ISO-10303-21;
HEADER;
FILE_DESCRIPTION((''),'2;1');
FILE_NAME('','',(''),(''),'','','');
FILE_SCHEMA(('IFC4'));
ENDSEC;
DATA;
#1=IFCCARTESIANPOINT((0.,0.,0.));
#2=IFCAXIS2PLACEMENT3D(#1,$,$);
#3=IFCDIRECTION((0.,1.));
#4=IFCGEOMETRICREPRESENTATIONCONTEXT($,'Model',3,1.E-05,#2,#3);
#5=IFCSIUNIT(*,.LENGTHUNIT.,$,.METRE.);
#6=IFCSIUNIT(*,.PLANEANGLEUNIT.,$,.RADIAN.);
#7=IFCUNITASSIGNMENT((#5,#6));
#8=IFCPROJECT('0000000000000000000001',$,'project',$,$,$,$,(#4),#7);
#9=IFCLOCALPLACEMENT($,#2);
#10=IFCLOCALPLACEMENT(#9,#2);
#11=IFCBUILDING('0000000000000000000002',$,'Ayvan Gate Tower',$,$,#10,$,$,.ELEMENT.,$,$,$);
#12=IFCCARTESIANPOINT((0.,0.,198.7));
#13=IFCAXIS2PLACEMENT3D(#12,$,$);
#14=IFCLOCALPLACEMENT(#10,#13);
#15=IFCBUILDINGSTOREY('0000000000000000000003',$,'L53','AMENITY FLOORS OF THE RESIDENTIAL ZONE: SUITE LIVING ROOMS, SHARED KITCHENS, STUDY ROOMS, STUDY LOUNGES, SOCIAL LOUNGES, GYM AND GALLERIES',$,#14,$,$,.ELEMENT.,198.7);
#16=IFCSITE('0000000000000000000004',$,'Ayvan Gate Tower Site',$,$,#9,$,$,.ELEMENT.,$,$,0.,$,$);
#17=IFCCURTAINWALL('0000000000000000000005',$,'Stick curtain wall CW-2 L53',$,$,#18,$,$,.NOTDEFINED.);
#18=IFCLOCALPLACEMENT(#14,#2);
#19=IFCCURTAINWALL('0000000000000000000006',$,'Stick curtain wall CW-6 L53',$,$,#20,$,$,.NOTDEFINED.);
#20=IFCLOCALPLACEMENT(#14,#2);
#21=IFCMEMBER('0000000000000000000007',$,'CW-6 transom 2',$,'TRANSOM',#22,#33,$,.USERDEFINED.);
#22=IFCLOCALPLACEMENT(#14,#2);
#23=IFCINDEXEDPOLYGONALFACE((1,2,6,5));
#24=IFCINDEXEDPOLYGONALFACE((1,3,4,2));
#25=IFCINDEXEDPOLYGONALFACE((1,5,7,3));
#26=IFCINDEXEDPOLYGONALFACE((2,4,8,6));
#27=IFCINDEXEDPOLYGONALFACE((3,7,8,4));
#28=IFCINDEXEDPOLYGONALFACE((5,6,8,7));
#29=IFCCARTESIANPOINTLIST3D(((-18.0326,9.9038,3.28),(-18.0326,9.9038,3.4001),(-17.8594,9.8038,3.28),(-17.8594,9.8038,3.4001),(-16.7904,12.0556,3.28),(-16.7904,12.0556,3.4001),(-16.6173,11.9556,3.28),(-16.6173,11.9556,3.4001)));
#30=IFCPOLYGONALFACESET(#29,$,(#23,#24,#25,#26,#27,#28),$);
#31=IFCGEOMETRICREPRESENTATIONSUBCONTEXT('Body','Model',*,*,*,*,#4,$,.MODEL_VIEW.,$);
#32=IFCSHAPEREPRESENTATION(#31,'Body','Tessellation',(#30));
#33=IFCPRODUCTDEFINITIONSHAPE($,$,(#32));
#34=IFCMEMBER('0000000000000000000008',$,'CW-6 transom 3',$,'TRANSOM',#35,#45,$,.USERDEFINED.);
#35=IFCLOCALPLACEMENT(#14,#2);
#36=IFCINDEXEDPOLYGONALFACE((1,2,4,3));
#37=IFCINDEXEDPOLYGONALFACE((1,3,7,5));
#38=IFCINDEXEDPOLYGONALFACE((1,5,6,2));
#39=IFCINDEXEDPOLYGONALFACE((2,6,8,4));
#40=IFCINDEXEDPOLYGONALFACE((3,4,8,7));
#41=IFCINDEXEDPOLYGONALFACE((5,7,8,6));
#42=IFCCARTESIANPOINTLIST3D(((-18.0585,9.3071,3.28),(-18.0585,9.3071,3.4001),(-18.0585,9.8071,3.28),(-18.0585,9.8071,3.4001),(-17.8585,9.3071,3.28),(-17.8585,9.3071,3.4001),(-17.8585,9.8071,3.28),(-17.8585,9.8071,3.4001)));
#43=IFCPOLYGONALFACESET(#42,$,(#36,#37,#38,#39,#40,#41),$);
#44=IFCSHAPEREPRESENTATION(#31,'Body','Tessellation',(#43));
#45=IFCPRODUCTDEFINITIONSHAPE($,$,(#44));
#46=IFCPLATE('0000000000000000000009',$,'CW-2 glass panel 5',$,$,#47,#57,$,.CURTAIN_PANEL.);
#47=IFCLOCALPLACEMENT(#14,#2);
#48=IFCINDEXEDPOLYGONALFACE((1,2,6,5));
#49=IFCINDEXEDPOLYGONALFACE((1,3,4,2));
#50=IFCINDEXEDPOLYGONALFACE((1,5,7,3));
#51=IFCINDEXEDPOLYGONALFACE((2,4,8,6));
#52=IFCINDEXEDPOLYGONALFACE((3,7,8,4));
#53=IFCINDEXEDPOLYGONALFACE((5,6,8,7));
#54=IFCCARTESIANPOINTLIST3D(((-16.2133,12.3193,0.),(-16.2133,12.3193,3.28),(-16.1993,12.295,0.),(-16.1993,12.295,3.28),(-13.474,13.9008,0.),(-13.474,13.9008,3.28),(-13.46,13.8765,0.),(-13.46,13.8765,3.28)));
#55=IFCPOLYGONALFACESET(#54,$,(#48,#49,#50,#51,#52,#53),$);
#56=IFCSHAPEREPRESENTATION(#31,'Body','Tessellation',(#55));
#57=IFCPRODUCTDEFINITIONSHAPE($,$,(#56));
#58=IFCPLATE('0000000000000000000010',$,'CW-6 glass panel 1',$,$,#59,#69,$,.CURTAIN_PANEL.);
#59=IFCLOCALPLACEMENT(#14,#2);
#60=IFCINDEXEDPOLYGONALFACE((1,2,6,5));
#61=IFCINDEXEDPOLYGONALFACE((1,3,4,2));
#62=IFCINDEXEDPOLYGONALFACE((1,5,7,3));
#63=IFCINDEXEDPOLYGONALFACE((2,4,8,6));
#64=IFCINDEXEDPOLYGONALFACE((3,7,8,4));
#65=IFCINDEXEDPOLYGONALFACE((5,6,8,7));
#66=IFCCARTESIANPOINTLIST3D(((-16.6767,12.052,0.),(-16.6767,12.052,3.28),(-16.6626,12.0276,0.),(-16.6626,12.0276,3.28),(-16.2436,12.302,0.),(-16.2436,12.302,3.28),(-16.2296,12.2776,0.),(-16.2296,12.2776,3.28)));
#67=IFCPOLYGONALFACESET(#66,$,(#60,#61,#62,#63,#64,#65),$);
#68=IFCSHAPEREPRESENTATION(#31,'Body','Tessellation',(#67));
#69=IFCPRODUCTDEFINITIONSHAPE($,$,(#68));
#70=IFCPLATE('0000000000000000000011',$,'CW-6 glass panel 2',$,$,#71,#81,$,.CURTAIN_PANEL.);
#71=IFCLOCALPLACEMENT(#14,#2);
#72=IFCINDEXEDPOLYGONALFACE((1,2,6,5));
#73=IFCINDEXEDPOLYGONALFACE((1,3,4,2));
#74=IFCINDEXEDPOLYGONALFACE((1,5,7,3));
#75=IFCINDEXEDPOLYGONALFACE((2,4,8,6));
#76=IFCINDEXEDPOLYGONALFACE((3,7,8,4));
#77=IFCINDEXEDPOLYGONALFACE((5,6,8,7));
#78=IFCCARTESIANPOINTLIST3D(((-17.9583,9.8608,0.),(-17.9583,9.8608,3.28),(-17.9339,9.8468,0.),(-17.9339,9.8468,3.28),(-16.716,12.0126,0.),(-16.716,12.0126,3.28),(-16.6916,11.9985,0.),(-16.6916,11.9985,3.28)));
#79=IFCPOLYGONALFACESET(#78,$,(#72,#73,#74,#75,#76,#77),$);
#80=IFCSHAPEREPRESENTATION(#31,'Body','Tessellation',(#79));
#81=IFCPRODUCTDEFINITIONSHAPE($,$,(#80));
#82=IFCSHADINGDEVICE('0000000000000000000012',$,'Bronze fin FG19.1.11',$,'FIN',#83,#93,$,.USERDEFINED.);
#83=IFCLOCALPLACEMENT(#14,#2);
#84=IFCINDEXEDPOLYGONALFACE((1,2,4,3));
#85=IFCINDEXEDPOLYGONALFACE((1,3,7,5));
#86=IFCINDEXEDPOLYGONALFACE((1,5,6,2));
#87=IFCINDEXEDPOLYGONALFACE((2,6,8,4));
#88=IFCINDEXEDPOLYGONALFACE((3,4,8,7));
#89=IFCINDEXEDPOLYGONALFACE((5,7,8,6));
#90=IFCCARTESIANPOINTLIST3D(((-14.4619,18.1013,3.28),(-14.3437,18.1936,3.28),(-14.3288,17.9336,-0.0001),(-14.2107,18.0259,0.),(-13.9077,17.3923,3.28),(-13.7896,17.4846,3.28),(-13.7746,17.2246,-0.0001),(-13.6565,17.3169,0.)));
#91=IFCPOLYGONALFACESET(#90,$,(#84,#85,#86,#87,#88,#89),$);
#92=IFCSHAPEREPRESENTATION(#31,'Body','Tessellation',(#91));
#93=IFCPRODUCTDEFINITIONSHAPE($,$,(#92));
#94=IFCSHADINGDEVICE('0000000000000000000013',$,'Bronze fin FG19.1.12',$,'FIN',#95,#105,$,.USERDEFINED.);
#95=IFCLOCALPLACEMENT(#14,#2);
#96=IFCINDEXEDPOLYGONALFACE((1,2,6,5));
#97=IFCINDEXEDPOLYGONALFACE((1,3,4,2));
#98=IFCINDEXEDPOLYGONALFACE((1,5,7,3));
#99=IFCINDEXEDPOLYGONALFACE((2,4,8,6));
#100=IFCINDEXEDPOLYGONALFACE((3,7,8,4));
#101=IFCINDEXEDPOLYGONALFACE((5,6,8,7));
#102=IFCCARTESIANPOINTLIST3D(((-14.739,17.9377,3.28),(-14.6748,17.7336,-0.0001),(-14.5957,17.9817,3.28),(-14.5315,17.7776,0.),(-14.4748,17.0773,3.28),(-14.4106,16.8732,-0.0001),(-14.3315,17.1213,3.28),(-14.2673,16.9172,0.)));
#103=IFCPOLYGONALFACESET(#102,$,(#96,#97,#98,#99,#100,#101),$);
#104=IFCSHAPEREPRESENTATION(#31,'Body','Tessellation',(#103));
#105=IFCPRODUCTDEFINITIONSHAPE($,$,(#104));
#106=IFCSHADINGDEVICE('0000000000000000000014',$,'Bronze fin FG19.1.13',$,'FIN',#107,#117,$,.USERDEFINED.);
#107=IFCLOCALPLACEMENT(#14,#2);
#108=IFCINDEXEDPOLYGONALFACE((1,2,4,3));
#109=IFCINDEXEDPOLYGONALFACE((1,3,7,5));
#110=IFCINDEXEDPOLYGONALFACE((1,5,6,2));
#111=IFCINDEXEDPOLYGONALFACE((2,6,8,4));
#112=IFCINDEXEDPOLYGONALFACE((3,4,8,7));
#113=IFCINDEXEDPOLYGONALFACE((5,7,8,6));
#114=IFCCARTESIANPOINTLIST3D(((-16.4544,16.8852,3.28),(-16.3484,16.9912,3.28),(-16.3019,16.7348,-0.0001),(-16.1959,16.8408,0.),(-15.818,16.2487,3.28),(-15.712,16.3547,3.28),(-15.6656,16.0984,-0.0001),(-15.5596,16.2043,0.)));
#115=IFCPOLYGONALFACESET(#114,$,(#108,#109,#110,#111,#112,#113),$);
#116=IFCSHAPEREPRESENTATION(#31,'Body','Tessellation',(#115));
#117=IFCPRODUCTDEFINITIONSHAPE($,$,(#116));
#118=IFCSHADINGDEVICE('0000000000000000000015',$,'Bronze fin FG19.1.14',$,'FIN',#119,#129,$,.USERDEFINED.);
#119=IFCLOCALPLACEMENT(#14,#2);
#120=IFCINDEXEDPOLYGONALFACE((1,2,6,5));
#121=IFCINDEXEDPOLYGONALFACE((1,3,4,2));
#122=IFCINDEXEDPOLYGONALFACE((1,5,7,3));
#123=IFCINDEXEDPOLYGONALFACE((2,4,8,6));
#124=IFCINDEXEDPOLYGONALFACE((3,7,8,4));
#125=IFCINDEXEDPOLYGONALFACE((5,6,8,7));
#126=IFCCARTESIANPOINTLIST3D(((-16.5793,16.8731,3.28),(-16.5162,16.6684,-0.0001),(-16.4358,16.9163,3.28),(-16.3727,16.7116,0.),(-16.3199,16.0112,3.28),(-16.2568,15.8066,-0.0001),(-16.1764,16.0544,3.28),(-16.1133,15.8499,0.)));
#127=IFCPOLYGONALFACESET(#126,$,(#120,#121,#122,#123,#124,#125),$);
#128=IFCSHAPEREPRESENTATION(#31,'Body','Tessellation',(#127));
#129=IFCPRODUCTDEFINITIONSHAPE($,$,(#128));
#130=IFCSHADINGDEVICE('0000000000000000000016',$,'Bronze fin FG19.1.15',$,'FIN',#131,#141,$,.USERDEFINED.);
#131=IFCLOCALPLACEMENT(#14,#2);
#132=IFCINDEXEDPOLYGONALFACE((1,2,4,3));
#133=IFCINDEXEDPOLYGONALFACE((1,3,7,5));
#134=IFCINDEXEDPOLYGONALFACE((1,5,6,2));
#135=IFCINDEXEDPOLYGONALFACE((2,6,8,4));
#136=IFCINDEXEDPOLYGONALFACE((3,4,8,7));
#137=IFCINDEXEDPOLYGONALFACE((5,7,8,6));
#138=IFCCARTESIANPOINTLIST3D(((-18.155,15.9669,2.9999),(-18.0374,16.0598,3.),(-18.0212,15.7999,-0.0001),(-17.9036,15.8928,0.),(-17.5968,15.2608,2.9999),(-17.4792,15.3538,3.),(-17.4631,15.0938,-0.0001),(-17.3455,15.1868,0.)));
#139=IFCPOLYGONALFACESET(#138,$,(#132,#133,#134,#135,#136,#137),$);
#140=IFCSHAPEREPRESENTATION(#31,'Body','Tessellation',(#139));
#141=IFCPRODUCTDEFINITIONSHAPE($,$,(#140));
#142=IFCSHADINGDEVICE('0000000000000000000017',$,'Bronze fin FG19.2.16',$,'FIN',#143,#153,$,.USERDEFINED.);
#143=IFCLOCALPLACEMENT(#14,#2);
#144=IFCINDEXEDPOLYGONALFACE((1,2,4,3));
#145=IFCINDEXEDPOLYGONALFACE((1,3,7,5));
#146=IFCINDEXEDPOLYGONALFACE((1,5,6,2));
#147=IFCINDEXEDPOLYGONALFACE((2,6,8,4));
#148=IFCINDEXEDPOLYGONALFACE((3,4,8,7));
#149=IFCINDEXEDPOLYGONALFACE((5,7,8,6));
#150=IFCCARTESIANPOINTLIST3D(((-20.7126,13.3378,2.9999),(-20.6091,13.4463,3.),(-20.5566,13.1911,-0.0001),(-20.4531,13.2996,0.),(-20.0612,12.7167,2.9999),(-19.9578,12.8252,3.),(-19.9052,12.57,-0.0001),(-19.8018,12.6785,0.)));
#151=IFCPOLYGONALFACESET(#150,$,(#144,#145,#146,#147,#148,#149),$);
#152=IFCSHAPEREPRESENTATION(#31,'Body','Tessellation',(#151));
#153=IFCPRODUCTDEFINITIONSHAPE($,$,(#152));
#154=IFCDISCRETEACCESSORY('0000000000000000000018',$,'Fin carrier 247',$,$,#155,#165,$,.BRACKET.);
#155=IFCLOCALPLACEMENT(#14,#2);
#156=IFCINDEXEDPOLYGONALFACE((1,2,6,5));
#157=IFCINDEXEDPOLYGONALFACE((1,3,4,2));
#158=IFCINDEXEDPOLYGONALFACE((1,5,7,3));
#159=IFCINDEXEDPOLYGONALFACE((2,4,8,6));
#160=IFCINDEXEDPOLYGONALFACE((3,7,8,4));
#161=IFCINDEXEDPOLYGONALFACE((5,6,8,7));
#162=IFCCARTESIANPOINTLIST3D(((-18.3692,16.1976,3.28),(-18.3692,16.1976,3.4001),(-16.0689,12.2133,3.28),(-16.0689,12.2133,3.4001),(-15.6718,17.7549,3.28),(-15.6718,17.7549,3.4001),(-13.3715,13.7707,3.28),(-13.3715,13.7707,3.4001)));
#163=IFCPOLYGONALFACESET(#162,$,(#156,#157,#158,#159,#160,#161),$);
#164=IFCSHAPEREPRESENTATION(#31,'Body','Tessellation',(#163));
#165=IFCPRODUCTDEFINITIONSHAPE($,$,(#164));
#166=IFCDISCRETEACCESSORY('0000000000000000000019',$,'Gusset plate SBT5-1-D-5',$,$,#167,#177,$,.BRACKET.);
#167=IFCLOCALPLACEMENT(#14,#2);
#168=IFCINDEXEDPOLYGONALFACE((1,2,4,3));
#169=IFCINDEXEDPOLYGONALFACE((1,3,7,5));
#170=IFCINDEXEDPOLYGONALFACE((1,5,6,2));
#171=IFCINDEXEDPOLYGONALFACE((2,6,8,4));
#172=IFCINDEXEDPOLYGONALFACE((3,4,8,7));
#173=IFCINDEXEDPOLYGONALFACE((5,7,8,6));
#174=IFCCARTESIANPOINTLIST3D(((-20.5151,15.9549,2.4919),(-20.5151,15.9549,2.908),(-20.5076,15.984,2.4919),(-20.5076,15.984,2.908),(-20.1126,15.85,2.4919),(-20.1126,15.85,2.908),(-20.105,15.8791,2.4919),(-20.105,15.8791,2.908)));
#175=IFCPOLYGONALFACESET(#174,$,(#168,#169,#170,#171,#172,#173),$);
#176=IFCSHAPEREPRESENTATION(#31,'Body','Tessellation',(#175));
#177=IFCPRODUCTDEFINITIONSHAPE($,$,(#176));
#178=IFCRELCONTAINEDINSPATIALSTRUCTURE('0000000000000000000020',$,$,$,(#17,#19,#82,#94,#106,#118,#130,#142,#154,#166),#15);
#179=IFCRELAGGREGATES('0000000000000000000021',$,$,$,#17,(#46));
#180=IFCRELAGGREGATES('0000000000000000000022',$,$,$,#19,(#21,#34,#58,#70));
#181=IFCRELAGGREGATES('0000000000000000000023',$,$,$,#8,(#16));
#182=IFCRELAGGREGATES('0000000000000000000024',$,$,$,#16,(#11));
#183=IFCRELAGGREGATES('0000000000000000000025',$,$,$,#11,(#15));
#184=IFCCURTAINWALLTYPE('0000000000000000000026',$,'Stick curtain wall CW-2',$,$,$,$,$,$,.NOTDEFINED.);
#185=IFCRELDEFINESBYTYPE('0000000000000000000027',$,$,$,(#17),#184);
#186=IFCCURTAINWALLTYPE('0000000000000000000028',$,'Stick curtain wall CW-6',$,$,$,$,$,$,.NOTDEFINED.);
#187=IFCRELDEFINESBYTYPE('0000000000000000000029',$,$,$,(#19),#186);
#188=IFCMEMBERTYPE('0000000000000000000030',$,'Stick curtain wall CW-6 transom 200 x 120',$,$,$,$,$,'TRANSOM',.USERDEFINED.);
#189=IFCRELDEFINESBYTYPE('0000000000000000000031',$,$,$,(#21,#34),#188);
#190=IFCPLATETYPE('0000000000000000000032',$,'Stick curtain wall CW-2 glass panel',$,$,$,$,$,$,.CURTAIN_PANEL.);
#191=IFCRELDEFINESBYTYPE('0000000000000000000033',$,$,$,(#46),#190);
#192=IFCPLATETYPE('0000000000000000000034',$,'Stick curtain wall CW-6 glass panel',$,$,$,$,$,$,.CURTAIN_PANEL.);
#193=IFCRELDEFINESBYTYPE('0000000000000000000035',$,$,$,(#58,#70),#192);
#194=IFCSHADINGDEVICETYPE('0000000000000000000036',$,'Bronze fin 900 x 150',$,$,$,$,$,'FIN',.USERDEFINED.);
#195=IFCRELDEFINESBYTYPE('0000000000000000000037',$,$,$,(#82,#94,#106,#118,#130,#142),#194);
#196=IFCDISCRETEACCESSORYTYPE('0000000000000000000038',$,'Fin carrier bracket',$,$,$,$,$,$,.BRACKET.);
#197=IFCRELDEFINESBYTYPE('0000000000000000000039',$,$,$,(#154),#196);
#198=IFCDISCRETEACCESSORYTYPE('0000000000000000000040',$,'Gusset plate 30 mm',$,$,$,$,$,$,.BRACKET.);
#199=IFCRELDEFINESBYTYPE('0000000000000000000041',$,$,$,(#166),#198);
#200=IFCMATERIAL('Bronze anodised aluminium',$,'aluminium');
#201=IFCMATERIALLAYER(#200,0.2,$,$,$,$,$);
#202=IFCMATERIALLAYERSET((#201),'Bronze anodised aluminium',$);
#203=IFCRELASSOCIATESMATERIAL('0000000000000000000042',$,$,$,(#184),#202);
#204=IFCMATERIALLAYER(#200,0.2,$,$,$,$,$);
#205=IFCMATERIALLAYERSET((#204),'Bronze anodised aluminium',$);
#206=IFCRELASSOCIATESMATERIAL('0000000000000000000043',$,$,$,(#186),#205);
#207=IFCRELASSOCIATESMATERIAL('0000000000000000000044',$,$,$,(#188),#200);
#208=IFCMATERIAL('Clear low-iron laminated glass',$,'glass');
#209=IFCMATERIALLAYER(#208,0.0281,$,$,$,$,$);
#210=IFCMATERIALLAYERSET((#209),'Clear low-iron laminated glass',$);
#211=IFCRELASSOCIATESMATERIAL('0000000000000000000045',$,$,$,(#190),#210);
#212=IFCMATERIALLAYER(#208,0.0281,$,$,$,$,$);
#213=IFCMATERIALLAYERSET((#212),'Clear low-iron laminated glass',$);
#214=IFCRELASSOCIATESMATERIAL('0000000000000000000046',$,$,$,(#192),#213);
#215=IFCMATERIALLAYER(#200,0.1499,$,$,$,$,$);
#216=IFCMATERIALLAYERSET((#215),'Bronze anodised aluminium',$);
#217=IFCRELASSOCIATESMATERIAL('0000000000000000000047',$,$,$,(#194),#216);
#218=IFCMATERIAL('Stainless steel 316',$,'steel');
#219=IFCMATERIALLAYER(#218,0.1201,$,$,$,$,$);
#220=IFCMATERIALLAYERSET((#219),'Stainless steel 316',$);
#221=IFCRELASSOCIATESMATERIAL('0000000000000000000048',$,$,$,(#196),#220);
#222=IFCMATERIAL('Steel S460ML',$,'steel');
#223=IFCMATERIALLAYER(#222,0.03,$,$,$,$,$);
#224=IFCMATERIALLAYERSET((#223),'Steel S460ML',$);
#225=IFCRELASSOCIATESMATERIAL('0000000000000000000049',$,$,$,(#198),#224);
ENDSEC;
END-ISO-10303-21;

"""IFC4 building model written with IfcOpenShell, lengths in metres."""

from ifc_helpers import new_model, si_unit, direction, frame, origin, origin_2d, place, context, subcontext, project, spatial, polyline, rectangle, outline, extrude, material, layer, layer_set, material_profile, profile_set, type_object, element, aggregate, save


model = new_model("IFC4")

# Units and contexts
model_context = context("Model", 3, precision=1e-05, world=origin(), true_north=direction((0.0, 1.0)))
body_context = subcontext(model_context, "Body", "Model", "MODEL_VIEW")
ifc_project = project(units=[si_unit("LENGTHUNIT", "METRE"), si_unit("PLANEANGLEUNIT", "RADIAN")], contexts=[model_context])

# Site, building, storey
site_placement = place(None, origin())
site = spatial("IfcSite", under=ifc_project, at=site_placement, Name="Ayvan Gate Tower Site", CompositionType="ELEMENT", RefElevation=0.0)
building_placement = place(site_placement, origin())
building = spatial("IfcBuilding", under=site, at=building_placement, Name="Ayvan Gate Tower", CompositionType="ELEMENT")
storey_placement = place(building_placement, frame((0.0, 0.0, 198.7)))
storey = spatial("IfcBuildingStorey", under=building, at=storey_placement, Name="L53", Description="AMENITY FLOORS OF THE RESIDENTIAL ZONE: SUITE LIVING ROOMS, SHARED KITCHENS, STUDY ROOMS, STUDY LOUNGES, SOCIAL LOUNGES, GYM AND GALLERIES", CompositionType="ELEMENT", Elevation=198.7)

# Curtain wall
ifc_material_1 = material(Name="Bronze anodised aluminium", Category="aluminium")
ifc_layer_1 = layer(ifc_material_1, 0.2)
ifc_layer_set_1 = layer_set([ifc_layer_1], Name="Bronze anodised aluminium")
curtain_wall_type_1 = type_object("IfcCurtainWallType", Name="Stick curtain wall CW-2", PredefinedType="NOTDEFINED", material=ifc_layer_set_1)
curtain_wall_1_placement = place(storey_placement, origin())
curtain_wall_1 = element("IfcCurtainWall", 1, at=curtain_wall_1_placement, inside=storey, type_object=curtain_wall_type_1, Name="Stick curtain wall CW-2 L53", PredefinedType="NOTDEFINED")

# Curtain wall, members
ifc_layer_2 = layer(ifc_material_1, 0.2)
ifc_layer_set_2 = layer_set([ifc_layer_2], Name="Bronze anodised aluminium")
curtain_wall_type_2 = type_object("IfcCurtainWallType", Name="Stick curtain wall CW-6", PredefinedType="NOTDEFINED", material=ifc_layer_set_2)
curtain_wall_2_placement = place(storey_placement, origin())
curtain_wall_2 = element("IfcCurtainWall", 2, at=curtain_wall_2_placement, inside=storey, type_object=curtain_wall_type_2, Name="Stick curtain wall CW-6 L53", PredefinedType="NOTDEFINED")
ifc_material_profile_1 = material_profile(ifc_material_1, rectangle(XDim=0.2, YDim=0.1201, at=origin_2d()), Name="Stick curtain wall CW-6 transom 200 x 120")
ifc_profile_set_1 = profile_set([ifc_material_profile_1], Name="Bronze anodised aluminium")
member_type_1 = type_object("IfcMemberType", Name="Stick curtain wall CW-6 transom 200 x 120", ElementType="TRANSOM", PredefinedType="USERDEFINED", material=ifc_profile_set_1)
member_1_placement = place(storey_placement, frame((-16.7039, 12.0056, 3.3401), z_axis=(-0.499944, -0.866058, 0.0), x_axis=(0.866058, -0.499944, 0.0)))
member_1 = element("IfcMember", 3, at=member_1_placement, type_object=member_type_1, Name="CW-6 transom 2", ObjectType="TRANSOM", PredefinedType="USERDEFINED", context=body_context, shape_type="SweptSolid", body=[
    extrude(rectangle(XDim=0.2, YDim=0.1201, at=origin_2d()), origin(), (0.0, 0.0, 1.0), 2.4846),
])
member_2_placement = place(storey_placement, frame((-17.9585, 9.8071, 3.3401), z_axis=(0.0, -1.0, 0.0), x_axis=(1.0, 0.0, 0.0)))
member_2 = element("IfcMember", 4, at=member_2_placement, type_object=member_type_1, Name="CW-6 transom 3", ObjectType="TRANSOM", PredefinedType="USERDEFINED", context=body_context, shape_type="SweptSolid", body=[
    extrude(rectangle(XDim=0.2, YDim=0.1201, at=origin_2d()), origin(), (0.0, 0.0, 1.0), 0.5),
])

# Plates
ifc_material_2 = material(Name="Clear low-iron laminated glass", Category="glass")
ifc_layer_3 = layer(ifc_material_2, 0.0281)
ifc_layer_set_3 = layer_set([ifc_layer_3], Name="Clear low-iron laminated glass")
plate_type_1 = type_object("IfcPlateType", Name="Stick curtain wall CW-2 glass panel", PredefinedType="CURTAIN_PANEL", material=ifc_layer_set_3)
plate_1_placement = place(storey_placement, frame((-14.8367, 13.0979, 0.0), z_axis=(0.0, 0.0, 1.0), x_axis=(-0.866025, -0.5, 0.0)))
plate_1 = element("IfcPlate", 5, at=plate_1_placement, type_object=plate_type_1, Name="CW-2 glass panel 5", PredefinedType="CURTAIN_PANEL", context=body_context, shape_type="SweptSolid", body=[
    extrude(rectangle(XDim=3.1631, YDim=0.0281, at=origin_2d()), origin(), (0.0, 0.0, 1.0), 3.28),
])
aggregate(curtain_wall_1, [plate_1])
ifc_layer_4 = layer(ifc_material_2, 0.0281)
ifc_layer_set_4 = layer_set([ifc_layer_4], Name="Clear low-iron laminated glass")
plate_type_2 = type_object("IfcPlateType", Name="Stick curtain wall CW-6 glass panel", PredefinedType="CURTAIN_PANEL", material=ifc_layer_set_4)
plate_2_placement = place(storey_placement, frame((-16.4531, 12.1648, 0.0), z_axis=(0.0, 0.0, 1.0), x_axis=(-0.866025, -0.5, 0.0)))
plate_2 = element("IfcPlate", 6, at=plate_2_placement, type_object=plate_type_2, Name="CW-6 glass panel 1", PredefinedType="CURTAIN_PANEL", context=body_context, shape_type="SweptSolid", body=[
    extrude(rectangle(XDim=0.5, YDim=0.0281, at=origin_2d()), origin(), (0.0, 0.0, 1.0), 3.28),
])
plate_3_placement = place(storey_placement, frame((-17.325, 10.9297, 0.0), z_axis=(0.0, 0.0, 1.0), x_axis=(-0.5, -0.866025, 0.0)))
plate_3 = element("IfcPlate", 7, at=plate_3_placement, type_object=plate_type_2, Name="CW-6 glass panel 2", PredefinedType="CURTAIN_PANEL", context=body_context, shape_type="SweptSolid", body=[
    extrude(rectangle(XDim=2.4846, YDim=0.0281, at=origin_2d()), origin(), (0.0, 0.0, 1.0), 3.28),
])
aggregate(curtain_wall_2, [member_1, member_2, plate_2, plate_3])

# Shading devices
ifc_layer_5 = layer(ifc_material_1, 0.1499)
ifc_layer_set_5 = layer_set([ifc_layer_5], Name="Bronze anodised aluminium")
shading_device_type = type_object("IfcShadingDeviceType", Name="Bronze fin 900 x 150", ElementType="FIN", PredefinedType="USERDEFINED", material=ifc_layer_set_5)
shading_device_1_placement = place(storey_placement, frame((-13.6565, 17.3169, 0.0), z_axis=(0.78786, 0.615855, 0.000468), x_axis=(-0.615855, 0.78786, 0.0)))
element("IfcShadingDevice", 8, at=shading_device_1_placement, inside=storey, type_object=shading_device_type, Name="Bronze fin FG19.1.11", ObjectType="FIN", PredefinedType="USERDEFINED", context=body_context, shape_type="SweptSolid", body=[
    extrude(outline(polyline([(0.0, 0.0), (0.8999, 0.0), (1.114, 3.28), (0.2141, 3.28), (0.0, 0.0)])), origin(), (0.0, 0.0, -1.0), 0.1499),
])
shading_device_2_placement = place(storey_placement, frame((-14.2673, 16.9172, 0.0), z_axis=(0.955955, 0.293514, 0.000449), x_axis=(-0.293514, 0.955955, 0.0)))
element("IfcShadingDevice", 9, at=shading_device_2_placement, inside=storey, type_object=shading_device_type, Name="Bronze fin FG19.1.12", ObjectType="FIN", PredefinedType="USERDEFINED", context=body_context, shape_type="SweptSolid", body=[
    extrude(outline(polyline([(0.0, 0.0), (0.9, 0.0), (1.1139, 3.28), (0.214, 3.28), (0.0, 0.0)])), origin(), (0.0, 0.0, -1.0), 0.1499),
])
shading_device_3_placement = place(storey_placement, frame((-15.5596, 16.2043, 0.0), z_axis=(0.707175, 0.707039, 0.000454), x_axis=(-0.707039, 0.707175, 0.0)))
element("IfcShadingDevice", 10, at=shading_device_3_placement, inside=storey, type_object=shading_device_type, Name="Bronze fin FG19.1.13", ObjectType="FIN", PredefinedType="USERDEFINED", context=body_context, shape_type="SweptSolid", body=[
    extrude(outline(polyline([(0.0, 0.0), (0.8999, 0.0), (1.1142, 3.28), (0.2141, 3.28), (0.0, 0.0)])), origin(), (0.0, 0.0, -1.0), 0.1499),
])
shading_device_4_placement = place(storey_placement, frame((-16.1133, 15.8499, 0.0), z_axis=(0.957564, 0.288219, 0.000447), x_axis=(-0.288219, 0.957565, 0.0)))
element("IfcShadingDevice", 11, at=shading_device_4_placement, inside=storey, type_object=shading_device_type, Name="Bronze fin FG19.1.14", ObjectType="FIN", PredefinedType="USERDEFINED", context=body_context, shape_type="SweptSolid", body=[
    extrude(outline(polyline([(0.0, 0.0), (0.9, 0.0), (1.1141, 3.28), (0.2141, 3.28), (0.0, 0.0)])), origin(), (0.0, 0.0, -1.0), 0.1499),
])
shading_device_5_placement = place(storey_placement, frame((-17.3455, 15.1868, 0.0), z_axis=(0.784508, 0.620119, 0.000468), x_axis=(-0.620119, 0.784508, 0.0)))
element("IfcShadingDevice", 12, at=shading_device_5_placement, inside=storey, type_object=shading_device_type, Name="Bronze fin FG19.1.15", ObjectType="FIN", PredefinedType="USERDEFINED", context=body_context, shape_type="SweptSolid", body=[
    extrude(outline(polyline([(0.0, 0.0), (0.9, 0.0), (1.114, 3.0), (0.214, 3.0), (0.0, 0.0)])), origin(), (0.0, 0.0, -1.0), 0.1499),
])
shading_device_6_placement = place(storey_placement, frame((-19.8018, 12.6785, 0.0), z_axis=(0.690088, 0.723725, 0.000489), x_axis=(-0.723725, 0.690089, 0.0)))
element("IfcShadingDevice", 13, at=shading_device_6_placement, inside=storey, type_object=shading_device_type, Name="Bronze fin FG19.2.16", ObjectType="FIN", PredefinedType="USERDEFINED", context=body_context, shape_type="SweptSolid", body=[
    extrude(outline(polyline([(0.0, 0.0), (0.9, 0.0), (1.1142, 3.0), (0.2142, 3.0), (0.0, 0.0)])), origin(), (0.0, 0.0, -1.0), 0.1499),
])

# Discrete accessories
ifc_material_3 = material(Name="Stainless steel 316", Category="steel")
ifc_layer_6 = layer(ifc_material_3, 0.1201)
ifc_layer_set_6 = layer_set([ifc_layer_6], Name="Stainless steel 316")
discrete_accessory_type_1 = type_object("IfcDiscreteAccessoryType", Name="Fin carrier bracket", PredefinedType="BRACKET", material=ifc_layer_set_6)
discrete_accessory_1_placement = place(storey_placement, frame((-15.8704, 14.9841, 3.28), z_axis=(0.0, 0.0, 1.0), x_axis=(-0.866025, -0.5, 0.0)))
element("IfcDiscreteAccessory", 14, at=discrete_accessory_1_placement, inside=storey, type_object=discrete_accessory_type_1, Name="Fin carrier 247", PredefinedType="BRACKET", context=body_context, shape_type="SweptSolid", body=[
    extrude(rectangle(XDim=3.1147, YDim=4.6006, at=origin_2d()), origin(), (0.0, 0.0, 1.0), 0.1201),
])
ifc_material_4 = material(Name="Steel S460ML", Category="steel")
ifc_layer_7 = layer(ifc_material_4, 0.03)
ifc_layer_set_7 = layer_set([ifc_layer_7], Name="Steel S460ML")
discrete_accessory_type_2 = type_object("IfcDiscreteAccessoryType", Name="Gusset plate 30 mm", PredefinedType="BRACKET", material=ifc_layer_set_7)
for number, where, z_axis, x_axis, name in (
    (15, (-20.3101, 15.917, 2.4919), (0.0, 0.0, 1.0), (-0.967682, 0.252172, 0.0), "Gusset plate SBT5-1-D-5"),
):
    element("IfcDiscreteAccessory", number, at=place(storey_placement, frame(where, z_axis=z_axis, x_axis=x_axis)), inside=storey, type_object=discrete_accessory_type_2, Name=name, PredefinedType="BRACKET", context=body_context, shape_type="SweptSolid", body=[
        extrude(rectangle(XDim=0.416, YDim=0.03, at=origin_2d()), origin(), (0.0, 0.0, 1.0), 0.416),
    ])

save(model, "model.ifc")
